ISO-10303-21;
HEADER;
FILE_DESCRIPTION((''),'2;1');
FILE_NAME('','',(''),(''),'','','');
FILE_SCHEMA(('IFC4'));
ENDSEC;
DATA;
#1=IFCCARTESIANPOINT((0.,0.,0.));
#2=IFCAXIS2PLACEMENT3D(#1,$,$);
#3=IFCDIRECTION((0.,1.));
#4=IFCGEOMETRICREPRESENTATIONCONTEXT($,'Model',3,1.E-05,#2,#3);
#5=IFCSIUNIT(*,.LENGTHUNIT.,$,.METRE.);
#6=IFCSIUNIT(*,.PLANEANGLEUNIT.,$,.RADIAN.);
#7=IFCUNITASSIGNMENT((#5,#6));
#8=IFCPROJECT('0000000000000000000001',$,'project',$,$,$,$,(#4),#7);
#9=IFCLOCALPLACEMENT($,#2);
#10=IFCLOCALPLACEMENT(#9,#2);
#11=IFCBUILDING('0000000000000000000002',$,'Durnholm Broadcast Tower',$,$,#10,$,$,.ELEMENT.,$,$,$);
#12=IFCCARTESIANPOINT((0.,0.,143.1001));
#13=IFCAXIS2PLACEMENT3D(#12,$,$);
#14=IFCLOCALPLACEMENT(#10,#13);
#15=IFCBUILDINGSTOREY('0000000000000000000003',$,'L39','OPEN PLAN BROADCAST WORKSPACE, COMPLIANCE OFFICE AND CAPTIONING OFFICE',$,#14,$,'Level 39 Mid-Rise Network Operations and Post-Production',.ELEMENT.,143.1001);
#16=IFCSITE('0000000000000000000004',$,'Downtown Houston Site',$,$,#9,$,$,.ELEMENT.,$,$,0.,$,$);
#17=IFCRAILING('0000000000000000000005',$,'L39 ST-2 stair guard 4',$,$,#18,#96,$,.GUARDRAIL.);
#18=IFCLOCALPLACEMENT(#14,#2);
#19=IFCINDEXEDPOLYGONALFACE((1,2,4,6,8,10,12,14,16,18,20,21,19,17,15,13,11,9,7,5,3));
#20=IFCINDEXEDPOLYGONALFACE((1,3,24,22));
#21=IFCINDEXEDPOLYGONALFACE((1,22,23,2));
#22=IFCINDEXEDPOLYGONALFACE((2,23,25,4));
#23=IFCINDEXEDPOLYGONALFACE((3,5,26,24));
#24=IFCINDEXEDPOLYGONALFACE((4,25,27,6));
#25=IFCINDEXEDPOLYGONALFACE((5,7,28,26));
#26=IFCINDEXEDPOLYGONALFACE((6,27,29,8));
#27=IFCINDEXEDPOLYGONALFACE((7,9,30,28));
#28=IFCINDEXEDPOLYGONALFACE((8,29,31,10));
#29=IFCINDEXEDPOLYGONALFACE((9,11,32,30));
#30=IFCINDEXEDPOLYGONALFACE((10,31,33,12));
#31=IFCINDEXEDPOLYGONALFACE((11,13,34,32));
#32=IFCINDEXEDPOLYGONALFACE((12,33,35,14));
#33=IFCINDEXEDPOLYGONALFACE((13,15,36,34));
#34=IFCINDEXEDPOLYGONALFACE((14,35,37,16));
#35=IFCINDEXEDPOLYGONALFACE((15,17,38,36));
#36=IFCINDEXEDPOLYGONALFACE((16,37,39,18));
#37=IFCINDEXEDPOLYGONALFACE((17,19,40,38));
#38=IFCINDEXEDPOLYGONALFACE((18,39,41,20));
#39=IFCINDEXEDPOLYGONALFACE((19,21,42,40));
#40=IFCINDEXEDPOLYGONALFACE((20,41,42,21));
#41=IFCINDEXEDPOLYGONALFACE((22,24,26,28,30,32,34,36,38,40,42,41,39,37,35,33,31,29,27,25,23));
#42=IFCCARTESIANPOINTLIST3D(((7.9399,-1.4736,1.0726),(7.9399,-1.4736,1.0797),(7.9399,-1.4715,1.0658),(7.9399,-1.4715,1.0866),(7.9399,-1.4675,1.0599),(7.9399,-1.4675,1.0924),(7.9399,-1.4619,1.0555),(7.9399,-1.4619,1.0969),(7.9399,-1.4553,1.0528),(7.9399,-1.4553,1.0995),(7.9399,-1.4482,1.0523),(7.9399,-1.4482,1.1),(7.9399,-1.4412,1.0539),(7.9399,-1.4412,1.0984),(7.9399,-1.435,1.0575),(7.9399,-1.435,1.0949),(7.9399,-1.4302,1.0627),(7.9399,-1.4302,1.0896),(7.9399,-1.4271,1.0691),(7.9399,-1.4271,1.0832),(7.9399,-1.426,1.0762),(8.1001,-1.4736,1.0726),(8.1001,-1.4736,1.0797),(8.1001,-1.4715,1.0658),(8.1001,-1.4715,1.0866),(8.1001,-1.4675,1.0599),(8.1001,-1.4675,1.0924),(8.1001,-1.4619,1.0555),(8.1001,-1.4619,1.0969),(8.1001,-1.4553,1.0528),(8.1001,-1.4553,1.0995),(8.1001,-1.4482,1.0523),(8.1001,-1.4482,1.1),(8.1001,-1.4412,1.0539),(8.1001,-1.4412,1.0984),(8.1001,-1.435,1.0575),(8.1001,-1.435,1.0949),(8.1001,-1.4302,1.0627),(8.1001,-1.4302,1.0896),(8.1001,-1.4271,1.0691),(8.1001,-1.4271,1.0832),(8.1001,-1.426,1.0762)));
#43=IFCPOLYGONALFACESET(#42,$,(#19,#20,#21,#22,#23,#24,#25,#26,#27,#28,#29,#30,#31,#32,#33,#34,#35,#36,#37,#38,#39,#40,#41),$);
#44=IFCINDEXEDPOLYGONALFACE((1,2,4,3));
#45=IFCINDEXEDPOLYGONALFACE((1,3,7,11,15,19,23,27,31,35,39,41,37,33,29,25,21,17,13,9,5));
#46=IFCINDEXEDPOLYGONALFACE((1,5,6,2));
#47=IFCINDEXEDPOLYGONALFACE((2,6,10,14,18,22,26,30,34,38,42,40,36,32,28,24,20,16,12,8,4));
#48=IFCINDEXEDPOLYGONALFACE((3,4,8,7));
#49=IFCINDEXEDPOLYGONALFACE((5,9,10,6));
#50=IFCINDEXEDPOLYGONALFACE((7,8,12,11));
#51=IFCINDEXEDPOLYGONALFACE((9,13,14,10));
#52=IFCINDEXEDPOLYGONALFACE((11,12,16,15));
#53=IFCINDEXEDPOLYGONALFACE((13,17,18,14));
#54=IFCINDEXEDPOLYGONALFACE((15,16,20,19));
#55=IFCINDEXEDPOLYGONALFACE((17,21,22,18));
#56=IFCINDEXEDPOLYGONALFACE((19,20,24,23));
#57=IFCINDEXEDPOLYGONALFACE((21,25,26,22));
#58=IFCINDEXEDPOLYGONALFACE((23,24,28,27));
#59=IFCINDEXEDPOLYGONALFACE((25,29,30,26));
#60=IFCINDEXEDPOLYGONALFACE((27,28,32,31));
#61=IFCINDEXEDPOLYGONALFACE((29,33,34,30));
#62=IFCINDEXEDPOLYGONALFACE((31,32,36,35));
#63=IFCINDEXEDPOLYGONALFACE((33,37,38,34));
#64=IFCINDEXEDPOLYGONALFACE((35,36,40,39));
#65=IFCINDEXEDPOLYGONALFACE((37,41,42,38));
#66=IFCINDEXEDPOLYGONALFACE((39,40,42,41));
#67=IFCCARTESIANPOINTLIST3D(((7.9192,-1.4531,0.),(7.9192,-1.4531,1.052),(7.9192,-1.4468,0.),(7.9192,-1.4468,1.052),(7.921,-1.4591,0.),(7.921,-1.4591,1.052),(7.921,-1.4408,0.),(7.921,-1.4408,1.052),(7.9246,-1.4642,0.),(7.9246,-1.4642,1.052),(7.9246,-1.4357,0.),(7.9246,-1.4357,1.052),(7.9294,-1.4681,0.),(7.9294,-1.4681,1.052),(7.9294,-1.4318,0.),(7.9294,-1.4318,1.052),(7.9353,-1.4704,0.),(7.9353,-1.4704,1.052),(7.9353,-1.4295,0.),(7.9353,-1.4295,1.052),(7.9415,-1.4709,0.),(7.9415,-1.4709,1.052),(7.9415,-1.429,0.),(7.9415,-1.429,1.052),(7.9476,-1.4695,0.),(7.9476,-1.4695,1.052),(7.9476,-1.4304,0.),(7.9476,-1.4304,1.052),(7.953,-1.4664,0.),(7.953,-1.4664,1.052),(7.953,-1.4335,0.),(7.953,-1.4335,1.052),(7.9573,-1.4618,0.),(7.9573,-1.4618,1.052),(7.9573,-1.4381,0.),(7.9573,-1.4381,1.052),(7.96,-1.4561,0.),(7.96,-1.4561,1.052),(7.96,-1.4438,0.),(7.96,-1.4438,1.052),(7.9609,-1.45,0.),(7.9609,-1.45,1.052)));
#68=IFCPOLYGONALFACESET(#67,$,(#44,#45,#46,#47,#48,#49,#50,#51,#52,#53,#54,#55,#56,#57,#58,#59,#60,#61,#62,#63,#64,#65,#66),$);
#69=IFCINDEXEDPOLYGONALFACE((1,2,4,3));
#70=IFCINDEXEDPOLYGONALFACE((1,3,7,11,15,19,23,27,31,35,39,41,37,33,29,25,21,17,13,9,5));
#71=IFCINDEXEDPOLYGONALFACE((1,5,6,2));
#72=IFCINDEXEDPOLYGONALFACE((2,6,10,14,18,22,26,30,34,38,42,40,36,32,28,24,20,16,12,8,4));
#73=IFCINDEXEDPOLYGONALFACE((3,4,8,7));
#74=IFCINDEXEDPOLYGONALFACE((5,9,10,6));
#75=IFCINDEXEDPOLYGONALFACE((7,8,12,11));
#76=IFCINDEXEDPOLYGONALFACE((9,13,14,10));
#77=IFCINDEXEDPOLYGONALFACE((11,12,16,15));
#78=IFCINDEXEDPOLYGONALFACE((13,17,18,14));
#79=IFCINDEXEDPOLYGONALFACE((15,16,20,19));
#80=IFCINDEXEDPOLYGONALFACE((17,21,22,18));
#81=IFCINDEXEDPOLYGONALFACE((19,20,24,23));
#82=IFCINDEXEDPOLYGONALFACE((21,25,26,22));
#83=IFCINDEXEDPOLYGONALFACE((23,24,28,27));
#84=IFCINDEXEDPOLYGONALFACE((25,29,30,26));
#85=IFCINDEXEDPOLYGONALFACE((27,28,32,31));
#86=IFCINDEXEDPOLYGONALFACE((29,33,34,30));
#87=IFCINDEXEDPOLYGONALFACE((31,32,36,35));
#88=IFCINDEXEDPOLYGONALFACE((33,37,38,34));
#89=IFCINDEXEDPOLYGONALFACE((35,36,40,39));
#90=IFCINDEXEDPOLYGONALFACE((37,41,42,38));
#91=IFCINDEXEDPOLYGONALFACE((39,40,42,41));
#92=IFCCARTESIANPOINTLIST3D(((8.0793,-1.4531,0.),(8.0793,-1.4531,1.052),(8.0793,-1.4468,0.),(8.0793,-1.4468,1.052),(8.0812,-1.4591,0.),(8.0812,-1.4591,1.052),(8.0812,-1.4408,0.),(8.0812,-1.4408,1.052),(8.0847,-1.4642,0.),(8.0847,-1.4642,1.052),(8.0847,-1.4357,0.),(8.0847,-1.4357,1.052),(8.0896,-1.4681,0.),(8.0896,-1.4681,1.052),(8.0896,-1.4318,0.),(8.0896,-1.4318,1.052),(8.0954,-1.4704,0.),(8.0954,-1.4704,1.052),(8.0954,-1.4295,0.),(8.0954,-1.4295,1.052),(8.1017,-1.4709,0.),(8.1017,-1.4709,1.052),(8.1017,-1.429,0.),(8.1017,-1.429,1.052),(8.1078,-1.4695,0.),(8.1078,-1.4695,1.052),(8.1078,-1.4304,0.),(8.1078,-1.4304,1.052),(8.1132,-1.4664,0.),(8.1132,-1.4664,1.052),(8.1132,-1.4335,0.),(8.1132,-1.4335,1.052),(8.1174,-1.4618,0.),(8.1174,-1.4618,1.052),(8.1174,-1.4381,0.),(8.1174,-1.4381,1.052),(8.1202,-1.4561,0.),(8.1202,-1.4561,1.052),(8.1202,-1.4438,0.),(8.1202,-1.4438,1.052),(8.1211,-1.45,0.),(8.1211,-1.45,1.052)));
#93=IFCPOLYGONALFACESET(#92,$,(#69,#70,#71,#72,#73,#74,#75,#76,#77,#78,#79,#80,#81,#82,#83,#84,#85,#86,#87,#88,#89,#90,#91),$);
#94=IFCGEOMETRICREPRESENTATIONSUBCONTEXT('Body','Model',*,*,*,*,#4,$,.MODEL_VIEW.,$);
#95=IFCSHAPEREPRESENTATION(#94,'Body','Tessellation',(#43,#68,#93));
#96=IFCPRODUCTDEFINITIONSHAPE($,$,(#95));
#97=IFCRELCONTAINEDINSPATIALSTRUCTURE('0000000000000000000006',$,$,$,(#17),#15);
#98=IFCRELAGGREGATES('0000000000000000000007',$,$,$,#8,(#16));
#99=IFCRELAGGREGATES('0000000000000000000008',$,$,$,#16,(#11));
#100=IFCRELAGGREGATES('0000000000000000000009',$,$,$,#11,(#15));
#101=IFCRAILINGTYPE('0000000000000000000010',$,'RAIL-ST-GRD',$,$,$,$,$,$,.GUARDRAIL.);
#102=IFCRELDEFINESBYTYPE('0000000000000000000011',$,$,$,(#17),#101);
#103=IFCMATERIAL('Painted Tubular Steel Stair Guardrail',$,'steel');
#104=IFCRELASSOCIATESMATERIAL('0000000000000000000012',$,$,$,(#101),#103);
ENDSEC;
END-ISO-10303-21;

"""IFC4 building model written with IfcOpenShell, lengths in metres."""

from ifc_helpers import new_model, si_unit, direction, frame, origin, origin_2d, place, context, subcontext, project, spatial, circle, extrude, material, type_object, element, save


model = new_model("IFC4")

# Units and contexts
model_context = context("Model", 3, precision=1e-05, world=origin(), true_north=direction((0.0, 1.0)))
body_context = subcontext(model_context, "Body", "Model", "MODEL_VIEW")
ifc_project = project(units=[si_unit("LENGTHUNIT", "METRE"), si_unit("PLANEANGLEUNIT", "RADIAN")], contexts=[model_context])

# Site, building, storey
site_placement = place(None, origin())
site = spatial("IfcSite", under=ifc_project, at=site_placement, Name="Downtown Houston Site", CompositionType="ELEMENT", RefElevation=0.0)
building_placement = place(site_placement, origin())
building = spatial("IfcBuilding", under=site, at=building_placement, Name="Durnholm Broadcast Tower", CompositionType="ELEMENT")
storey_placement = place(building_placement, frame((0.0, 0.0, 143.1001)))
storey = spatial("IfcBuildingStorey", under=building, at=storey_placement, Name="L39", Description="OPEN PLAN BROADCAST WORKSPACE, COMPLIANCE OFFICE AND CAPTIONING OFFICE", LongName="Level 39 Mid-Rise Network Operations and Post-Production", CompositionType="ELEMENT", Elevation=143.1001)

# Railing
ifc_material_1 = material(Name="Painted Tubular Steel Stair Guardrail", Category="steel")
railing_type_1 = type_object("IfcRailingType", Name="RAIL-ST-GRD", PredefinedType="GUARDRAIL", material=ifc_material_1)
railing_1_placement = place(storey_placement, frame((7.9399, -1.45, 0.0)))
element("IfcRailing", 1, at=railing_1_placement, inside=storey, type_object=railing_type_1, Name="L39 ST-2 stair guard 4", PredefinedType="GUARDRAIL", context=body_context, shape_type="SweptSolid", body=[
    extrude(circle(Radius=0.0239, at=origin_2d()), frame((0.0, 0.0, 1.0762), z_axis=(1.0, 0.0, 0.0), x_axis=(0.0, 1.0, 0.0)), (0.0, 0.0, 1.0), 0.1602),
    extrude(circle(Radius=0.021, at=origin_2d()), origin(), (0.0, 0.0, 1.0), 1.052),
    extrude(circle(Radius=0.021, at=origin_2d()), frame((0.1602, 0.0, 0.0)), (0.0, 0.0, 1.0), 1.052),
])

save(model, "model.ifc")
